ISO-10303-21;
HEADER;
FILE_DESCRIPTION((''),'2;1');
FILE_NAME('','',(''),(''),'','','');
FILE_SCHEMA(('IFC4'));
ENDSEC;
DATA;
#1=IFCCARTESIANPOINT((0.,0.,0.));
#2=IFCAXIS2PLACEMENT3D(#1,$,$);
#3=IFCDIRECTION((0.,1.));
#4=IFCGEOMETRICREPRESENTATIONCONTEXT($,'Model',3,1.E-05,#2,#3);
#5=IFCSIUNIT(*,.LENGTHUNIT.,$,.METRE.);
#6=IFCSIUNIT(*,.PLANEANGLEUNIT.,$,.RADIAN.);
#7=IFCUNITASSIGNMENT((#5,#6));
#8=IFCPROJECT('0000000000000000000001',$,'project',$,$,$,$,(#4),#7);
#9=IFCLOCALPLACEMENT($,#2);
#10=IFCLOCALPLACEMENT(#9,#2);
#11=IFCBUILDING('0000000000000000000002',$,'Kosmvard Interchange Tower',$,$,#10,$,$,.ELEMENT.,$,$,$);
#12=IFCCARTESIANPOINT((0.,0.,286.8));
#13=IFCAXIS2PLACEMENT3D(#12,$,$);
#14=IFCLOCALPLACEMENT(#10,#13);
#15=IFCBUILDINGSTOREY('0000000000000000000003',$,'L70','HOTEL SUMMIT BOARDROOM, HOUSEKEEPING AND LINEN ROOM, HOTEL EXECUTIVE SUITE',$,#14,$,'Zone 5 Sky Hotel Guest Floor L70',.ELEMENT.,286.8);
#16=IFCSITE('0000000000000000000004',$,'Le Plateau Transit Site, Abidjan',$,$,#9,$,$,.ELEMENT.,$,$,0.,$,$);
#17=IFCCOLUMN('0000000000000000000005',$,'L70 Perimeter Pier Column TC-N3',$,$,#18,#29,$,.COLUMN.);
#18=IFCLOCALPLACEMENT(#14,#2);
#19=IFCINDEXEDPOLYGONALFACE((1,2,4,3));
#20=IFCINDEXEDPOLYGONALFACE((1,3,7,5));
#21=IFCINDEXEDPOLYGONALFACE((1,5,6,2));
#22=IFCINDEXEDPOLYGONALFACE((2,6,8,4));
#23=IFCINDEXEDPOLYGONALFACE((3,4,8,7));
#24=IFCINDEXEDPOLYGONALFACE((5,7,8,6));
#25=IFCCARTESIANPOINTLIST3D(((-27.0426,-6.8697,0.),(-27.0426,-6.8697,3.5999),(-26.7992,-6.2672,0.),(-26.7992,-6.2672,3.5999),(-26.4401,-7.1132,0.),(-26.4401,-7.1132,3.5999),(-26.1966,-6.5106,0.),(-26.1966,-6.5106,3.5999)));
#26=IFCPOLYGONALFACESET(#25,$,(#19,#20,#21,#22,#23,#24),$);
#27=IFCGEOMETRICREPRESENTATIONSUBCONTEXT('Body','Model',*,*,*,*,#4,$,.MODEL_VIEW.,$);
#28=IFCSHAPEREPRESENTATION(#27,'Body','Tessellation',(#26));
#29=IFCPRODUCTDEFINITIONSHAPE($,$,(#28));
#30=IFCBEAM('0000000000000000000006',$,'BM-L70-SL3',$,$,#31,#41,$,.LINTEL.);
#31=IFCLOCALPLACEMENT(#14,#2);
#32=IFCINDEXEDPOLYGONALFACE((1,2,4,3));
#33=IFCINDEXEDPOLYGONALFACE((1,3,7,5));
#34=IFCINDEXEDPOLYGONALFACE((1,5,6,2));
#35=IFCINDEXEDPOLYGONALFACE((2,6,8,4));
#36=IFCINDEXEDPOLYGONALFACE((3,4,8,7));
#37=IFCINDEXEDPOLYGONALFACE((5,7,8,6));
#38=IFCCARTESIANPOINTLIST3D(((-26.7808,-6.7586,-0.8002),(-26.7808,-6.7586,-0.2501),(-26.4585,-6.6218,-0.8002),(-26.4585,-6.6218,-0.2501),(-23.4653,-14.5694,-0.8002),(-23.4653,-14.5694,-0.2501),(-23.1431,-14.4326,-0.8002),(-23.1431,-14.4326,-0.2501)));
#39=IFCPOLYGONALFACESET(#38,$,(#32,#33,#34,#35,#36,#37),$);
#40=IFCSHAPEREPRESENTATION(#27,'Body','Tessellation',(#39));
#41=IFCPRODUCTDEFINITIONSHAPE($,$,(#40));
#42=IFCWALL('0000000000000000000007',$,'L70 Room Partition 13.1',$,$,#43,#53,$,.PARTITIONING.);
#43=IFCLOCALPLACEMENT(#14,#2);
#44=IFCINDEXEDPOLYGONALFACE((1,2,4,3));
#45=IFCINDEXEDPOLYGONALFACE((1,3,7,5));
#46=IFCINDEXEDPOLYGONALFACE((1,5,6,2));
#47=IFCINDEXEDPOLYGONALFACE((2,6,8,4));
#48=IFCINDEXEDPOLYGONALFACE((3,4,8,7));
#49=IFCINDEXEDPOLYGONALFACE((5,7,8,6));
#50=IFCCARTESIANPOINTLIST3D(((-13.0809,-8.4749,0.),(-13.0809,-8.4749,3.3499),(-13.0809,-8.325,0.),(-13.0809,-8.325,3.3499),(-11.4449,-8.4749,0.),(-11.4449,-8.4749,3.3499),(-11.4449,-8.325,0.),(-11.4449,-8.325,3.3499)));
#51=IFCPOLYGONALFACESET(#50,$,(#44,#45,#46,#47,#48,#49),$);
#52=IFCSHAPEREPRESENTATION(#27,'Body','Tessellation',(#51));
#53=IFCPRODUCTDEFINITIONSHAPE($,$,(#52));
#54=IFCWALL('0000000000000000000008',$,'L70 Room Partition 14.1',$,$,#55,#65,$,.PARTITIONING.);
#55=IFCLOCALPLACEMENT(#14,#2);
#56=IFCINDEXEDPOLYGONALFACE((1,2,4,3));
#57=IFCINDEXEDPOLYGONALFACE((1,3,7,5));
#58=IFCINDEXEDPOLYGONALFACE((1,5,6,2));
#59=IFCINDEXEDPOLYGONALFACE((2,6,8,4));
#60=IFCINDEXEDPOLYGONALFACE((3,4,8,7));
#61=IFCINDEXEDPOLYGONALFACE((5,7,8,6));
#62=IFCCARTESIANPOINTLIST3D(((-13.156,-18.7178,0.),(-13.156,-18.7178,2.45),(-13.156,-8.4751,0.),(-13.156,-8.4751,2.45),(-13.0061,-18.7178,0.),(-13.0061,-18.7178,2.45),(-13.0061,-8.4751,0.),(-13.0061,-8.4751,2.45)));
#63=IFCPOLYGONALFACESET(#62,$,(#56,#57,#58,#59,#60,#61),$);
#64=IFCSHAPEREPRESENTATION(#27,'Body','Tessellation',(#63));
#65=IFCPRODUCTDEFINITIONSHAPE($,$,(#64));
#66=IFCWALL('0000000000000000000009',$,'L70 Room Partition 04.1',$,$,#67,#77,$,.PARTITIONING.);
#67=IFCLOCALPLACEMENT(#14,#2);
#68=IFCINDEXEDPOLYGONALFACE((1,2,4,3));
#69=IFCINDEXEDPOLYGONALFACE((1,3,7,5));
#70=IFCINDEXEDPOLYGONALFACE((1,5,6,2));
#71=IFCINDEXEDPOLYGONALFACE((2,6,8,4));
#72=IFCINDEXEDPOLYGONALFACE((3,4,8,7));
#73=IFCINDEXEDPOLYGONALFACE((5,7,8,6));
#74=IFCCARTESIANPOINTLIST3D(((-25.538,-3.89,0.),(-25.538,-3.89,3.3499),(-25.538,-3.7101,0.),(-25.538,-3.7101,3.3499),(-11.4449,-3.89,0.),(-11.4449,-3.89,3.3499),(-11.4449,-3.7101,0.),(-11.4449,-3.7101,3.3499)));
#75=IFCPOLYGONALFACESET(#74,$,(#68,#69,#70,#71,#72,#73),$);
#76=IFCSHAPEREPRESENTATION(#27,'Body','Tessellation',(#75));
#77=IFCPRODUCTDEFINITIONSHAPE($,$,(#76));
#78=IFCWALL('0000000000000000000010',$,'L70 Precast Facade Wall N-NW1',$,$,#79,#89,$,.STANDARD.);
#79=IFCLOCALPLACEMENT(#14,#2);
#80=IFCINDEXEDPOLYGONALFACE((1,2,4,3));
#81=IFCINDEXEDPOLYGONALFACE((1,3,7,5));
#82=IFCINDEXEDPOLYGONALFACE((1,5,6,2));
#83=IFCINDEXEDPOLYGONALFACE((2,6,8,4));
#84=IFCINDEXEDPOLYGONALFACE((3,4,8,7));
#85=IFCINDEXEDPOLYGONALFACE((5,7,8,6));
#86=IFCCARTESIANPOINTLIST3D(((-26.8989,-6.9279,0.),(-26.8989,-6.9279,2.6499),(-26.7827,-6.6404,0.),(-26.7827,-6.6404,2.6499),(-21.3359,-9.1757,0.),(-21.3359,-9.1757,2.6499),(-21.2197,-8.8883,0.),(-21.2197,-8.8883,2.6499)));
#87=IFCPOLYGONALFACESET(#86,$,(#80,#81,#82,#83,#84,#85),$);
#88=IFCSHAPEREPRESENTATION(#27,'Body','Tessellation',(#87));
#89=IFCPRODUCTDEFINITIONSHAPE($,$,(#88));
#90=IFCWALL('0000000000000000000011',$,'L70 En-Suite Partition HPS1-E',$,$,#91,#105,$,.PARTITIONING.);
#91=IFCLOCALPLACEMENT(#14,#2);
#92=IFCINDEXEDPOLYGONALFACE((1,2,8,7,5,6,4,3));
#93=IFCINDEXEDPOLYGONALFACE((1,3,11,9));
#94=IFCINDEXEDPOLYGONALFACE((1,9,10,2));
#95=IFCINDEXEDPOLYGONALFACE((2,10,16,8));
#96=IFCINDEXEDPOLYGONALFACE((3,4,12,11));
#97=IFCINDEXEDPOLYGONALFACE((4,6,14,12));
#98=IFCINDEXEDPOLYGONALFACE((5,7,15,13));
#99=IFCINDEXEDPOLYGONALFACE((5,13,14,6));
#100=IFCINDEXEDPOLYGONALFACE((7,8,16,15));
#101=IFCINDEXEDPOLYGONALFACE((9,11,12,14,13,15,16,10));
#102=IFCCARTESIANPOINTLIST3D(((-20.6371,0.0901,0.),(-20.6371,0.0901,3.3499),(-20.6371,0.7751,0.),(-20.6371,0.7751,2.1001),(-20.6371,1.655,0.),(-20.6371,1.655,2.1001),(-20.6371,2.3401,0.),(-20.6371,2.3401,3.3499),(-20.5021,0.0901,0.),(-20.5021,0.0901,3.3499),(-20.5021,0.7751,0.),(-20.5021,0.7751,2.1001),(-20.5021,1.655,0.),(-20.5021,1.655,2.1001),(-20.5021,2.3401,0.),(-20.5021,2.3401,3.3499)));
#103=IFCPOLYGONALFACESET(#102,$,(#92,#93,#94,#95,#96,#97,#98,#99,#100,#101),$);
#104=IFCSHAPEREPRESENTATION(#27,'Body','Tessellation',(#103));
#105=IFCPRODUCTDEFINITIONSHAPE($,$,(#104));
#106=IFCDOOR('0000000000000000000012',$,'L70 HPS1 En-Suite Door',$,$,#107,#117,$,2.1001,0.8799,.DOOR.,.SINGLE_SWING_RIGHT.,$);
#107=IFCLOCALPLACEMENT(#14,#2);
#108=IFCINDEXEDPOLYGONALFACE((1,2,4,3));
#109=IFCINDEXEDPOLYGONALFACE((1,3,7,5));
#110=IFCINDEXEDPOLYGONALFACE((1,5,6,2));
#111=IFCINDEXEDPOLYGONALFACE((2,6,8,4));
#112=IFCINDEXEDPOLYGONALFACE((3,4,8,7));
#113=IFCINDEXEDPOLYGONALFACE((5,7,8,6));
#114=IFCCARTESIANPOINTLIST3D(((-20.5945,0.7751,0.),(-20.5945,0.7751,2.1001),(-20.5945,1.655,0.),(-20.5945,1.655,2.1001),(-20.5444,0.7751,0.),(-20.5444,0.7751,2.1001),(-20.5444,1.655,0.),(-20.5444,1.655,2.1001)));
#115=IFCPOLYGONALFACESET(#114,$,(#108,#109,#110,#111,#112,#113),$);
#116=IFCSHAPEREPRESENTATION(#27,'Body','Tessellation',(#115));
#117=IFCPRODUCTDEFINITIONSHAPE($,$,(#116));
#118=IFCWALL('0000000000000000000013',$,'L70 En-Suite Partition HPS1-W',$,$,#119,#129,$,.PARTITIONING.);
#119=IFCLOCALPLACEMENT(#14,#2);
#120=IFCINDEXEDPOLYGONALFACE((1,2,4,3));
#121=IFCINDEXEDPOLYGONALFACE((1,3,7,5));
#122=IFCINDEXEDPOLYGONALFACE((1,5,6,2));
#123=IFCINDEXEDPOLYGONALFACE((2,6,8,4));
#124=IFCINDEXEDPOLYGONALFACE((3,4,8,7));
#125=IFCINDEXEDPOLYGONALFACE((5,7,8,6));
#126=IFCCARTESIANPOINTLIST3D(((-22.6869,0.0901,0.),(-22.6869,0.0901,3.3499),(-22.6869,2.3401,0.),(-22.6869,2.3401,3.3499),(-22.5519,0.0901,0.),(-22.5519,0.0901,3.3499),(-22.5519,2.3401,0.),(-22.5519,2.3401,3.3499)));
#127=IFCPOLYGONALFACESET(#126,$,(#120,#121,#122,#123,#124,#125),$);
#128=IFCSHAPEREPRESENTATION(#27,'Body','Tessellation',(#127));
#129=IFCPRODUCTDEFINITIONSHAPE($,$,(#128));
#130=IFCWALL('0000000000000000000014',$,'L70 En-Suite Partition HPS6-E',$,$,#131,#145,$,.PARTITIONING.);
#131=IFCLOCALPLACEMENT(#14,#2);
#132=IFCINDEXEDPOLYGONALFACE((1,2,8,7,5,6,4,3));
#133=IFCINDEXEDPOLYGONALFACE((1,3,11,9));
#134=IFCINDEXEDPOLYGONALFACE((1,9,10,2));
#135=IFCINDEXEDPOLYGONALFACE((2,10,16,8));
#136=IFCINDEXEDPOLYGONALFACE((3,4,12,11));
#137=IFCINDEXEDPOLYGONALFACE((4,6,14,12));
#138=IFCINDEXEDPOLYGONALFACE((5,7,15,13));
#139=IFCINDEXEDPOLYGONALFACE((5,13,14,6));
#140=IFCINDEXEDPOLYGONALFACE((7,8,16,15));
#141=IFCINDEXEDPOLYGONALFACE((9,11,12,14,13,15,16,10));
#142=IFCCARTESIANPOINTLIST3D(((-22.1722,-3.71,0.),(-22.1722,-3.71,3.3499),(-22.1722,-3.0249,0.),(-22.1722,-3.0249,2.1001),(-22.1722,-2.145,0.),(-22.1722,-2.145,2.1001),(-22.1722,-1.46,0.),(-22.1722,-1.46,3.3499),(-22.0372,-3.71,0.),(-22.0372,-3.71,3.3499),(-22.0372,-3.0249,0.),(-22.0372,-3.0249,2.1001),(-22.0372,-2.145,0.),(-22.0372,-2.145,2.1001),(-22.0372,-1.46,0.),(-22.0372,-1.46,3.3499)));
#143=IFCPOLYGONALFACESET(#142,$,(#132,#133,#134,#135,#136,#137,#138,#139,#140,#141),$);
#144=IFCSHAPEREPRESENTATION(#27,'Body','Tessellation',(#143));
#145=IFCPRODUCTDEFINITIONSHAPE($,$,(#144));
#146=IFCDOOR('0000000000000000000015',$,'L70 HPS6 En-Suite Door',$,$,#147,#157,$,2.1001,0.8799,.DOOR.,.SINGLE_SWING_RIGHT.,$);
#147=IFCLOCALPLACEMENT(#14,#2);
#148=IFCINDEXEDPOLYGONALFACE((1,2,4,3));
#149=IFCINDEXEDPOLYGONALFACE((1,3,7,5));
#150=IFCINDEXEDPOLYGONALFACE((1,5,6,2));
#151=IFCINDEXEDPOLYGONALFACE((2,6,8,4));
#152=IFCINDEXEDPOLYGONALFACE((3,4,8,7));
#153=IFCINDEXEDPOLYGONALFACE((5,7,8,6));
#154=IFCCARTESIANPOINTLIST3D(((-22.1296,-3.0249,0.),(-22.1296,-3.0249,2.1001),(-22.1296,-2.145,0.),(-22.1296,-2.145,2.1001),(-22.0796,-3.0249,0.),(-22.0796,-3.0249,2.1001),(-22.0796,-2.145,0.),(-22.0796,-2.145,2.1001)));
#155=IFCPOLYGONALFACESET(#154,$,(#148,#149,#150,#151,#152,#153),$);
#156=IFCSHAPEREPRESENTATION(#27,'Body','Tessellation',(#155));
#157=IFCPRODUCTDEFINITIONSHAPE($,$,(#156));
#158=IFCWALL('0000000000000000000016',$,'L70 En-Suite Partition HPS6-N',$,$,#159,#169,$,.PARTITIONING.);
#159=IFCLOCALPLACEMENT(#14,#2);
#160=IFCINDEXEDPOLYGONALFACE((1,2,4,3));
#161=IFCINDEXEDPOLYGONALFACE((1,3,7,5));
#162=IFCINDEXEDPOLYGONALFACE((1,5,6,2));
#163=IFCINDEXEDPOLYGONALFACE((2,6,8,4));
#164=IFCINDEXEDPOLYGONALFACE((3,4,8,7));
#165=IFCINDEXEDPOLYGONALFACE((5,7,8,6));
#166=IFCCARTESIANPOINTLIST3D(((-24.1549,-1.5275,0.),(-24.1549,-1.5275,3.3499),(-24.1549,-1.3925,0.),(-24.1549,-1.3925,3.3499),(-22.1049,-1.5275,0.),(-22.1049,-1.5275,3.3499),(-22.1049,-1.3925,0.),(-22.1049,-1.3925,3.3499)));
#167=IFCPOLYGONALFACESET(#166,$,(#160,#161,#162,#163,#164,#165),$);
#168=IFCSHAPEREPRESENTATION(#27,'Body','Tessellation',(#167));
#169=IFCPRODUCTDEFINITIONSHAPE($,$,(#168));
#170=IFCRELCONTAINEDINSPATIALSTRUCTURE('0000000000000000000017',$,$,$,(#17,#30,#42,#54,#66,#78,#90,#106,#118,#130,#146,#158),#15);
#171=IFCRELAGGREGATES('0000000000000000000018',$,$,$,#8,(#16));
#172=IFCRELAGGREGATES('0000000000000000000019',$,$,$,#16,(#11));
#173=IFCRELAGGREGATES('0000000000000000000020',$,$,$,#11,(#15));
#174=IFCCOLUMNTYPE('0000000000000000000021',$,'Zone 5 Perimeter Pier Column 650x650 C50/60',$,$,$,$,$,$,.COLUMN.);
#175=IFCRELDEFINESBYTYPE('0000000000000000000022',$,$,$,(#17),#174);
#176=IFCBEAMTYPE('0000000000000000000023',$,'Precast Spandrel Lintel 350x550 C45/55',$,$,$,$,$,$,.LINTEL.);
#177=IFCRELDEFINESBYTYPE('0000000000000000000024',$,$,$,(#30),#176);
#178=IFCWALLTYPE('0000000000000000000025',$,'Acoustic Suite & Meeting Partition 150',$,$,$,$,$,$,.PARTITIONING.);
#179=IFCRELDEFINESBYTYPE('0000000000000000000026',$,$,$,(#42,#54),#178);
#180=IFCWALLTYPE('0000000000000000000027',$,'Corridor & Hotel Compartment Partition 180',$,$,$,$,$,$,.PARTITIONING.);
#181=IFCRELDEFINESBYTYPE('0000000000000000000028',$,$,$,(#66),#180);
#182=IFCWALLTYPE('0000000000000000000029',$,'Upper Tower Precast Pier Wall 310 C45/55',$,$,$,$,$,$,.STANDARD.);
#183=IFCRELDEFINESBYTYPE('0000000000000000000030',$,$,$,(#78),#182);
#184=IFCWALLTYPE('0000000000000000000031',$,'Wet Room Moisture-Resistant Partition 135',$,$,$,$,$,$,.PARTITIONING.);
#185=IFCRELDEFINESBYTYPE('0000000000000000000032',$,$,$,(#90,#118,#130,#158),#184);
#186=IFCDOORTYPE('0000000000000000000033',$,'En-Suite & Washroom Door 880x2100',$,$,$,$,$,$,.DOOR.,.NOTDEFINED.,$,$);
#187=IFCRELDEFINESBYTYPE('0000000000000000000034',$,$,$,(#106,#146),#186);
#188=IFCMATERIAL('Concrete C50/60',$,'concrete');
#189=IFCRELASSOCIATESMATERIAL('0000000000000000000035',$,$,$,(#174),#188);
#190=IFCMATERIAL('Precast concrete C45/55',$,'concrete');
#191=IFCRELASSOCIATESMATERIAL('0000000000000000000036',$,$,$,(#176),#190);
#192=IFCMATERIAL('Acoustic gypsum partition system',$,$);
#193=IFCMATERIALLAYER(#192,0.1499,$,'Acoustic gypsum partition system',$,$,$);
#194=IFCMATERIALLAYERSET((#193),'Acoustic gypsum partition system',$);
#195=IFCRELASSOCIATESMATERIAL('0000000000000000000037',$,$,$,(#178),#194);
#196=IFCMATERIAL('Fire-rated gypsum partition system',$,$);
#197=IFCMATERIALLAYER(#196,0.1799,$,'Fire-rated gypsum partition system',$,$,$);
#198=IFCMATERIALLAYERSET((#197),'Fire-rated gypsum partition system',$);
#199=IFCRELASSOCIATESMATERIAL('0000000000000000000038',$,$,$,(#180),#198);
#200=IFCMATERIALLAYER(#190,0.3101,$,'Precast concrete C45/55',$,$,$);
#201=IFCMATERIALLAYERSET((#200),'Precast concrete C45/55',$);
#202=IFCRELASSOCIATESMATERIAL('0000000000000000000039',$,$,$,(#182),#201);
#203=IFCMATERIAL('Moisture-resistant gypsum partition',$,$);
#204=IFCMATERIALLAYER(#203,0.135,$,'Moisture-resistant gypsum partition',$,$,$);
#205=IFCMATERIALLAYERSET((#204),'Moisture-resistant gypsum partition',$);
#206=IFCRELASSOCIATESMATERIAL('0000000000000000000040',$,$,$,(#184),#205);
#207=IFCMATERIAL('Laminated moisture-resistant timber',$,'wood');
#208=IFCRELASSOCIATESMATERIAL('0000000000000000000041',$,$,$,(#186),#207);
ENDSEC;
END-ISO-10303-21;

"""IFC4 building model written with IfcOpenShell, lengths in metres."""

from ifc_helpers import new_model, si_unit, direction, frame, frame_2d, origin, origin_2d, place, context, subcontext, project, spatial, rectangle, extrude, source, transform, mapped, material, layer, layer_set, material_profile, profile_set, type_object, element, fill, save


model = new_model("IFC4")

# Units and contexts
model_context = context("Model", 3, precision=1e-05, world=origin(), true_north=direction((0.0, 1.0)))
body_context = subcontext(model_context, "Body", "Model", "MODEL_VIEW")
ifc_project = project(units=[si_unit("LENGTHUNIT", "METRE"), si_unit("PLANEANGLEUNIT", "RADIAN")], contexts=[model_context])

# Site, building, storey
site_placement = place(None, origin())
site = spatial("IfcSite", under=ifc_project, at=site_placement, Name="Le Plateau Transit Site, Abidjan", CompositionType="ELEMENT", RefElevation=0.0)
building_placement = place(site_placement, origin())
building = spatial("IfcBuilding", under=site, at=building_placement, Name="Kosmvard Interchange Tower", CompositionType="ELEMENT")
storey_placement = place(building_placement, frame((0.0, 0.0, 286.8)))
storey = spatial("IfcBuildingStorey", under=building, at=storey_placement, Name="L70", Description="HOTEL SUMMIT BOARDROOM, HOUSEKEEPING AND LINEN ROOM, HOTEL EXECUTIVE SUITE", LongName="Zone 5 Sky Hotel Guest Floor L70", CompositionType="ELEMENT", Elevation=286.8)

# Column
ifc_material_1 = material(Name="Concrete C50/60", Category="concrete")
ifc_material_profile_1 = material_profile(ifc_material_1, rectangle(XDim=0.6499, YDim=0.6499, at=origin_2d()), Name="TC 650x650")
ifc_profile_set_1 = profile_set([ifc_material_profile_1], Name="Concrete C50/60")
column_type = type_object("IfcColumnType", Name="Zone 5 Perimeter Pier Column 650x650 C50/60", PredefinedType="COLUMN", material=ifc_profile_set_1)
shared_shape_1 = source(origin(), body_context, "Body", "SweptSolid", [
    extrude(rectangle(XDim=0.6499, YDim=0.6499, at=origin_2d()), origin(), (0.0, 0.0, 1.0), 3.5999),
])
column_placement = place(storey_placement, frame((-26.6196, -6.6902, 0.0), z_axis=(0.0, 0.0, 1.0), x_axis=(0.374607, 0.927184, 0.0)))
element("IfcColumn", 1, at=column_placement, inside=storey, type_object=column_type, Name="L70 Perimeter Pier Column TC-N3", PredefinedType="COLUMN", context=body_context, shape_type="MappedRepresentation", body=[
    mapped(shared_shape_1, transform((0.0, 0.0, 0.0), scale=1.0)),
])

# Beam
ifc_material_2 = material(Name="Precast concrete C45/55", Category="concrete")
ifc_material_profile_2 = material_profile(ifc_material_2, rectangle(XDim=0.3501, YDim=0.55, at=origin_2d()), Name="SL 350x550")
ifc_profile_set_2 = profile_set([ifc_material_profile_2], Name="Precast concrete C45/55")
beam_type = type_object("IfcBeamType", Name="Precast Spandrel Lintel 350x550 C45/55", PredefinedType="LINTEL", material=ifc_profile_set_2)
shared_shape_2 = source(origin(), body_context, "Body", "SweptSolid", [
    extrude(rectangle(XDim=0.3501, YDim=0.55, at=origin_2d()), origin(), (0.0, 0.0, 1.0), 8.4854),
])
beam_placement = place(storey_placement, frame((-26.6196, -6.6902, -0.5251), z_axis=(0.390726, -0.920507, 0.0), x_axis=(0.920507, 0.390726, 0.0)))
element("IfcBeam", 2, at=beam_placement, inside=storey, type_object=beam_type, Name="BM-L70-SL3", PredefinedType="LINTEL", context=body_context, shape_type="MappedRepresentation", body=[
    mapped(shared_shape_2, transform((0.0, 0.0, 0.0), scale=1.0)),
])

# Walls
ifc_material_3 = material(Name="Acoustic gypsum partition system")
ifc_layer_1 = layer(ifc_material_3, 0.1499, Name="Acoustic gypsum partition system")
ifc_layer_set_1 = layer_set([ifc_layer_1], Name="Acoustic gypsum partition system")
wall_type_1 = type_object("IfcWallType", Name="Acoustic Suite & Meeting Partition 150", PredefinedType="PARTITIONING", material=ifc_layer_set_1)
wall_1_placement = place(storey_placement, frame((-11.4451, -8.3999, 0.0), z_axis=(0.0, 0.0, 1.0), x_axis=(-1.0, 0.0, 0.0)))
element("IfcWall", 3, at=wall_1_placement, inside=storey, type_object=wall_type_1, Name="L70 Room Partition 13.1", PredefinedType="PARTITIONING", context=body_context, shape_type="SweptSolid", body=[
    extrude(rectangle(XDim=1.636, YDim=0.1499, at=frame_2d((0.8179, 0.0))), origin(), (0.0, 0.0, 1.0), 3.3499),
])
wall_2_placement = place(storey_placement, frame((-13.0811, -8.4751, 0.0), z_axis=(0.0, 0.0, 1.0), x_axis=(0.0, -1.0, 0.0)))
element("IfcWall", 4, at=wall_2_placement, inside=storey, type_object=wall_type_1, Name="L70 Room Partition 14.1", PredefinedType="PARTITIONING", context=body_context, shape_type="SweptSolid", body=[
    extrude(rectangle(XDim=10.2427, YDim=0.1499, at=frame_2d((5.1213, 0.0))), origin(), (0.0, 0.0, 1.0), 2.45),
])
ifc_material_4 = material(Name="Fire-rated gypsum partition system")
ifc_layer_2 = layer(ifc_material_4, 0.1799, Name="Fire-rated gypsum partition system")
ifc_layer_set_2 = layer_set([ifc_layer_2], Name="Fire-rated gypsum partition system")
wall_type_2 = type_object("IfcWallType", Name="Corridor & Hotel Compartment Partition 180", PredefinedType="PARTITIONING", material=ifc_layer_set_2)
wall_3_placement = place(storey_placement, frame((-11.4451, -3.8, 0.0), z_axis=(0.0, 0.0, 1.0), x_axis=(-1.0, 0.0, 0.0)))
element("IfcWall", 5, at=wall_3_placement, inside=storey, type_object=wall_type_2, Name="L70 Room Partition 04.1", PredefinedType="PARTITIONING", context=body_context, shape_type="SweptSolid", body=[
    extrude(rectangle(XDim=14.093, YDim=0.1799, at=frame_2d((7.0464, 0.0))), origin(), (0.0, 0.0, 1.0), 3.3499),
])
ifc_layer_3 = layer(ifc_material_2, 0.3101, Name="Precast concrete C45/55")
ifc_layer_set_3 = layer_set([ifc_layer_3], Name="Precast concrete C45/55")
wall_type_3 = type_object("IfcWallType", Name="Upper Tower Precast Pier Wall 310 C45/55", PredefinedType="STANDARD", material=ifc_layer_set_3)
wall_4_placement = place(storey_placement, frame((-26.8408, -6.7842, 0.0), z_axis=(0.0, 0.0, 1.0), x_axis=(0.927172, -0.374637, 0.0)))
element("IfcWall", 6, at=wall_4_placement, inside=storey, type_object=wall_type_3, Name="L70 Precast Facade Wall N-NW1", PredefinedType="STANDARD", context=body_context, shape_type="SweptSolid", body=[
    extrude(rectangle(XDim=6.0, YDim=0.3101, at=frame_2d((3.0, 0.0))), origin(), (0.0, 0.0, 1.0), 2.6499),
])

# Wall, opening, door
ifc_material_5 = material(Name="Moisture-resistant gypsum partition")
ifc_layer_4 = layer(ifc_material_5, 0.135, Name="Moisture-resistant gypsum partition")
ifc_layer_set_4 = layer_set([ifc_layer_4], Name="Moisture-resistant gypsum partition")
wall_type_4 = type_object("IfcWallType", Name="Wet Room Moisture-Resistant Partition 135", PredefinedType="PARTITIONING", material=ifc_layer_set_4)
wall_5_placement = place(storey_placement, frame((-20.5696, 0.0901, 0.0), z_axis=(0.0, 0.0, 1.0), x_axis=(0.0, 1.0, 0.0)))
wall_5 = element("IfcWall", 7, at=wall_5_placement, inside=storey, type_object=wall_type_4, Name="L70 En-Suite Partition HPS1-E", PredefinedType="PARTITIONING", context=body_context, shape_type="SweptSolid", body=[
    extrude(rectangle(XDim=2.25, YDim=0.135, at=frame_2d((1.125, 0.0))), origin(), (0.0, 0.0, 1.0), 3.3499),
])
opening_1_placement = place(wall_5_placement, frame((0.6851, 0.0, 0.0)))
opening_1 = element("IfcOpeningElement", 8, at=opening_1_placement, cuts=wall_5, PredefinedType="OPENING", context=body_context, shape_type="SweptSolid", body=[
    extrude(rectangle(XDim=0.8799, YDim=2.1001, at=frame_2d((0.4399, 1.05))), frame((0.0, 0.0776, 0.0), z_axis=(0.0, -1.0, 0.0), x_axis=(1.0, 0.0, 0.0)), (0.0, 0.0, 1.0), 0.155),
])
ifc_material_6 = material(Name="Laminated moisture-resistant timber", Category="wood")
door_type = type_object("IfcDoorType", Name="En-Suite & Washroom Door 880x2100", OperationType="NOTDEFINED", PredefinedType="DOOR", material=ifc_material_6)
shared_shape_3 = source(origin(), body_context, "Body", "SweptSolid", [
    extrude(rectangle(XDim=0.8799, YDim=2.1001, at=frame_2d((0.4399, 1.05))), frame((0.0, 0.0249, 0.0), z_axis=(0.0, -1.0, 0.0), x_axis=(1.0, 0.0, 0.0)), (0.0, 0.0, 1.0), 0.05),
])
door_1_placement = place(opening_1_placement, origin())
door_1 = element("IfcDoor", 9, at=door_1_placement, inside=storey, type_object=door_type, Name="L70 HPS1 En-Suite Door", OperationType="SINGLE_SWING_RIGHT", OverallHeight=2.1001, OverallWidth=0.8799, PredefinedType="DOOR", context=body_context, shape_type="MappedRepresentation", body=[
    mapped(shared_shape_3, transform((0.0, 0.0, 0.0), scale=1.0)),
])
fill(opening_1, door_1)

# Wall
wall_6_placement = place(storey_placement, frame((-22.6194, 0.0901, 0.0), z_axis=(0.0, 0.0, 1.0), x_axis=(0.0, 1.0, 0.0)))
element("IfcWall", 10, at=wall_6_placement, inside=storey, type_object=wall_type_4, Name="L70 En-Suite Partition HPS1-W", PredefinedType="PARTITIONING", context=body_context, shape_type="SweptSolid", body=[
    extrude(rectangle(XDim=2.25, YDim=0.135, at=frame_2d((1.125, 0.0))), origin(), (0.0, 0.0, 1.0), 3.3499),
])

# Wall, opening, door
wall_7_placement = place(storey_placement, frame((-22.1047, -3.71, 0.0), z_axis=(0.0, 0.0, 1.0), x_axis=(0.0, 1.0, 0.0)))
wall_7 = element("IfcWall", 11, at=wall_7_placement, inside=storey, type_object=wall_type_4, Name="L70 En-Suite Partition HPS6-E", PredefinedType="PARTITIONING", context=body_context, shape_type="SweptSolid", body=[
    extrude(rectangle(XDim=2.25, YDim=0.135, at=frame_2d((1.125, 0.0))), origin(), (0.0, 0.0, 1.0), 3.3499),
])
opening_2_placement = place(wall_7_placement, frame((0.6851, 0.0, 0.0)))
opening_2 = element("IfcOpeningElement", 12, at=opening_2_placement, cuts=wall_7, PredefinedType="OPENING", context=body_context, shape_type="SweptSolid", body=[
    extrude(rectangle(XDim=0.8799, YDim=2.1001, at=frame_2d((0.4399, 1.05))), frame((0.0, 0.0776, 0.0), z_axis=(0.0, -1.0, 0.0), x_axis=(1.0, 0.0, 0.0)), (0.0, 0.0, 1.0), 0.155),
])
door_2_placement = place(opening_2_placement, origin())
door_2 = element("IfcDoor", 13, at=door_2_placement, inside=storey, type_object=door_type, Name="L70 HPS6 En-Suite Door", OperationType="SINGLE_SWING_RIGHT", OverallHeight=2.1001, OverallWidth=0.8799, PredefinedType="DOOR", context=body_context, shape_type="MappedRepresentation", body=[
    mapped(shared_shape_3, transform((0.0, 0.0, 0.0), scale=1.0)),
])
fill(opening_2, door_2)

# Wall
wall_8_placement = place(storey_placement, frame((-24.1548, -1.46, 0.0), z_axis=(0.0, 0.0, 1.0), x_axis=(1.0, 0.0, 0.0)))
element("IfcWall", 14, at=wall_8_placement, inside=storey, type_object=wall_type_4, Name="L70 En-Suite Partition HPS6-N", PredefinedType="PARTITIONING", context=body_context, shape_type="SweptSolid", body=[
    extrude(rectangle(XDim=2.05, YDim=0.135, at=frame_2d((1.0249, 0.0))), origin(), (0.0, 0.0, 1.0), 3.3499),
])

save(model, "model.ifc")
